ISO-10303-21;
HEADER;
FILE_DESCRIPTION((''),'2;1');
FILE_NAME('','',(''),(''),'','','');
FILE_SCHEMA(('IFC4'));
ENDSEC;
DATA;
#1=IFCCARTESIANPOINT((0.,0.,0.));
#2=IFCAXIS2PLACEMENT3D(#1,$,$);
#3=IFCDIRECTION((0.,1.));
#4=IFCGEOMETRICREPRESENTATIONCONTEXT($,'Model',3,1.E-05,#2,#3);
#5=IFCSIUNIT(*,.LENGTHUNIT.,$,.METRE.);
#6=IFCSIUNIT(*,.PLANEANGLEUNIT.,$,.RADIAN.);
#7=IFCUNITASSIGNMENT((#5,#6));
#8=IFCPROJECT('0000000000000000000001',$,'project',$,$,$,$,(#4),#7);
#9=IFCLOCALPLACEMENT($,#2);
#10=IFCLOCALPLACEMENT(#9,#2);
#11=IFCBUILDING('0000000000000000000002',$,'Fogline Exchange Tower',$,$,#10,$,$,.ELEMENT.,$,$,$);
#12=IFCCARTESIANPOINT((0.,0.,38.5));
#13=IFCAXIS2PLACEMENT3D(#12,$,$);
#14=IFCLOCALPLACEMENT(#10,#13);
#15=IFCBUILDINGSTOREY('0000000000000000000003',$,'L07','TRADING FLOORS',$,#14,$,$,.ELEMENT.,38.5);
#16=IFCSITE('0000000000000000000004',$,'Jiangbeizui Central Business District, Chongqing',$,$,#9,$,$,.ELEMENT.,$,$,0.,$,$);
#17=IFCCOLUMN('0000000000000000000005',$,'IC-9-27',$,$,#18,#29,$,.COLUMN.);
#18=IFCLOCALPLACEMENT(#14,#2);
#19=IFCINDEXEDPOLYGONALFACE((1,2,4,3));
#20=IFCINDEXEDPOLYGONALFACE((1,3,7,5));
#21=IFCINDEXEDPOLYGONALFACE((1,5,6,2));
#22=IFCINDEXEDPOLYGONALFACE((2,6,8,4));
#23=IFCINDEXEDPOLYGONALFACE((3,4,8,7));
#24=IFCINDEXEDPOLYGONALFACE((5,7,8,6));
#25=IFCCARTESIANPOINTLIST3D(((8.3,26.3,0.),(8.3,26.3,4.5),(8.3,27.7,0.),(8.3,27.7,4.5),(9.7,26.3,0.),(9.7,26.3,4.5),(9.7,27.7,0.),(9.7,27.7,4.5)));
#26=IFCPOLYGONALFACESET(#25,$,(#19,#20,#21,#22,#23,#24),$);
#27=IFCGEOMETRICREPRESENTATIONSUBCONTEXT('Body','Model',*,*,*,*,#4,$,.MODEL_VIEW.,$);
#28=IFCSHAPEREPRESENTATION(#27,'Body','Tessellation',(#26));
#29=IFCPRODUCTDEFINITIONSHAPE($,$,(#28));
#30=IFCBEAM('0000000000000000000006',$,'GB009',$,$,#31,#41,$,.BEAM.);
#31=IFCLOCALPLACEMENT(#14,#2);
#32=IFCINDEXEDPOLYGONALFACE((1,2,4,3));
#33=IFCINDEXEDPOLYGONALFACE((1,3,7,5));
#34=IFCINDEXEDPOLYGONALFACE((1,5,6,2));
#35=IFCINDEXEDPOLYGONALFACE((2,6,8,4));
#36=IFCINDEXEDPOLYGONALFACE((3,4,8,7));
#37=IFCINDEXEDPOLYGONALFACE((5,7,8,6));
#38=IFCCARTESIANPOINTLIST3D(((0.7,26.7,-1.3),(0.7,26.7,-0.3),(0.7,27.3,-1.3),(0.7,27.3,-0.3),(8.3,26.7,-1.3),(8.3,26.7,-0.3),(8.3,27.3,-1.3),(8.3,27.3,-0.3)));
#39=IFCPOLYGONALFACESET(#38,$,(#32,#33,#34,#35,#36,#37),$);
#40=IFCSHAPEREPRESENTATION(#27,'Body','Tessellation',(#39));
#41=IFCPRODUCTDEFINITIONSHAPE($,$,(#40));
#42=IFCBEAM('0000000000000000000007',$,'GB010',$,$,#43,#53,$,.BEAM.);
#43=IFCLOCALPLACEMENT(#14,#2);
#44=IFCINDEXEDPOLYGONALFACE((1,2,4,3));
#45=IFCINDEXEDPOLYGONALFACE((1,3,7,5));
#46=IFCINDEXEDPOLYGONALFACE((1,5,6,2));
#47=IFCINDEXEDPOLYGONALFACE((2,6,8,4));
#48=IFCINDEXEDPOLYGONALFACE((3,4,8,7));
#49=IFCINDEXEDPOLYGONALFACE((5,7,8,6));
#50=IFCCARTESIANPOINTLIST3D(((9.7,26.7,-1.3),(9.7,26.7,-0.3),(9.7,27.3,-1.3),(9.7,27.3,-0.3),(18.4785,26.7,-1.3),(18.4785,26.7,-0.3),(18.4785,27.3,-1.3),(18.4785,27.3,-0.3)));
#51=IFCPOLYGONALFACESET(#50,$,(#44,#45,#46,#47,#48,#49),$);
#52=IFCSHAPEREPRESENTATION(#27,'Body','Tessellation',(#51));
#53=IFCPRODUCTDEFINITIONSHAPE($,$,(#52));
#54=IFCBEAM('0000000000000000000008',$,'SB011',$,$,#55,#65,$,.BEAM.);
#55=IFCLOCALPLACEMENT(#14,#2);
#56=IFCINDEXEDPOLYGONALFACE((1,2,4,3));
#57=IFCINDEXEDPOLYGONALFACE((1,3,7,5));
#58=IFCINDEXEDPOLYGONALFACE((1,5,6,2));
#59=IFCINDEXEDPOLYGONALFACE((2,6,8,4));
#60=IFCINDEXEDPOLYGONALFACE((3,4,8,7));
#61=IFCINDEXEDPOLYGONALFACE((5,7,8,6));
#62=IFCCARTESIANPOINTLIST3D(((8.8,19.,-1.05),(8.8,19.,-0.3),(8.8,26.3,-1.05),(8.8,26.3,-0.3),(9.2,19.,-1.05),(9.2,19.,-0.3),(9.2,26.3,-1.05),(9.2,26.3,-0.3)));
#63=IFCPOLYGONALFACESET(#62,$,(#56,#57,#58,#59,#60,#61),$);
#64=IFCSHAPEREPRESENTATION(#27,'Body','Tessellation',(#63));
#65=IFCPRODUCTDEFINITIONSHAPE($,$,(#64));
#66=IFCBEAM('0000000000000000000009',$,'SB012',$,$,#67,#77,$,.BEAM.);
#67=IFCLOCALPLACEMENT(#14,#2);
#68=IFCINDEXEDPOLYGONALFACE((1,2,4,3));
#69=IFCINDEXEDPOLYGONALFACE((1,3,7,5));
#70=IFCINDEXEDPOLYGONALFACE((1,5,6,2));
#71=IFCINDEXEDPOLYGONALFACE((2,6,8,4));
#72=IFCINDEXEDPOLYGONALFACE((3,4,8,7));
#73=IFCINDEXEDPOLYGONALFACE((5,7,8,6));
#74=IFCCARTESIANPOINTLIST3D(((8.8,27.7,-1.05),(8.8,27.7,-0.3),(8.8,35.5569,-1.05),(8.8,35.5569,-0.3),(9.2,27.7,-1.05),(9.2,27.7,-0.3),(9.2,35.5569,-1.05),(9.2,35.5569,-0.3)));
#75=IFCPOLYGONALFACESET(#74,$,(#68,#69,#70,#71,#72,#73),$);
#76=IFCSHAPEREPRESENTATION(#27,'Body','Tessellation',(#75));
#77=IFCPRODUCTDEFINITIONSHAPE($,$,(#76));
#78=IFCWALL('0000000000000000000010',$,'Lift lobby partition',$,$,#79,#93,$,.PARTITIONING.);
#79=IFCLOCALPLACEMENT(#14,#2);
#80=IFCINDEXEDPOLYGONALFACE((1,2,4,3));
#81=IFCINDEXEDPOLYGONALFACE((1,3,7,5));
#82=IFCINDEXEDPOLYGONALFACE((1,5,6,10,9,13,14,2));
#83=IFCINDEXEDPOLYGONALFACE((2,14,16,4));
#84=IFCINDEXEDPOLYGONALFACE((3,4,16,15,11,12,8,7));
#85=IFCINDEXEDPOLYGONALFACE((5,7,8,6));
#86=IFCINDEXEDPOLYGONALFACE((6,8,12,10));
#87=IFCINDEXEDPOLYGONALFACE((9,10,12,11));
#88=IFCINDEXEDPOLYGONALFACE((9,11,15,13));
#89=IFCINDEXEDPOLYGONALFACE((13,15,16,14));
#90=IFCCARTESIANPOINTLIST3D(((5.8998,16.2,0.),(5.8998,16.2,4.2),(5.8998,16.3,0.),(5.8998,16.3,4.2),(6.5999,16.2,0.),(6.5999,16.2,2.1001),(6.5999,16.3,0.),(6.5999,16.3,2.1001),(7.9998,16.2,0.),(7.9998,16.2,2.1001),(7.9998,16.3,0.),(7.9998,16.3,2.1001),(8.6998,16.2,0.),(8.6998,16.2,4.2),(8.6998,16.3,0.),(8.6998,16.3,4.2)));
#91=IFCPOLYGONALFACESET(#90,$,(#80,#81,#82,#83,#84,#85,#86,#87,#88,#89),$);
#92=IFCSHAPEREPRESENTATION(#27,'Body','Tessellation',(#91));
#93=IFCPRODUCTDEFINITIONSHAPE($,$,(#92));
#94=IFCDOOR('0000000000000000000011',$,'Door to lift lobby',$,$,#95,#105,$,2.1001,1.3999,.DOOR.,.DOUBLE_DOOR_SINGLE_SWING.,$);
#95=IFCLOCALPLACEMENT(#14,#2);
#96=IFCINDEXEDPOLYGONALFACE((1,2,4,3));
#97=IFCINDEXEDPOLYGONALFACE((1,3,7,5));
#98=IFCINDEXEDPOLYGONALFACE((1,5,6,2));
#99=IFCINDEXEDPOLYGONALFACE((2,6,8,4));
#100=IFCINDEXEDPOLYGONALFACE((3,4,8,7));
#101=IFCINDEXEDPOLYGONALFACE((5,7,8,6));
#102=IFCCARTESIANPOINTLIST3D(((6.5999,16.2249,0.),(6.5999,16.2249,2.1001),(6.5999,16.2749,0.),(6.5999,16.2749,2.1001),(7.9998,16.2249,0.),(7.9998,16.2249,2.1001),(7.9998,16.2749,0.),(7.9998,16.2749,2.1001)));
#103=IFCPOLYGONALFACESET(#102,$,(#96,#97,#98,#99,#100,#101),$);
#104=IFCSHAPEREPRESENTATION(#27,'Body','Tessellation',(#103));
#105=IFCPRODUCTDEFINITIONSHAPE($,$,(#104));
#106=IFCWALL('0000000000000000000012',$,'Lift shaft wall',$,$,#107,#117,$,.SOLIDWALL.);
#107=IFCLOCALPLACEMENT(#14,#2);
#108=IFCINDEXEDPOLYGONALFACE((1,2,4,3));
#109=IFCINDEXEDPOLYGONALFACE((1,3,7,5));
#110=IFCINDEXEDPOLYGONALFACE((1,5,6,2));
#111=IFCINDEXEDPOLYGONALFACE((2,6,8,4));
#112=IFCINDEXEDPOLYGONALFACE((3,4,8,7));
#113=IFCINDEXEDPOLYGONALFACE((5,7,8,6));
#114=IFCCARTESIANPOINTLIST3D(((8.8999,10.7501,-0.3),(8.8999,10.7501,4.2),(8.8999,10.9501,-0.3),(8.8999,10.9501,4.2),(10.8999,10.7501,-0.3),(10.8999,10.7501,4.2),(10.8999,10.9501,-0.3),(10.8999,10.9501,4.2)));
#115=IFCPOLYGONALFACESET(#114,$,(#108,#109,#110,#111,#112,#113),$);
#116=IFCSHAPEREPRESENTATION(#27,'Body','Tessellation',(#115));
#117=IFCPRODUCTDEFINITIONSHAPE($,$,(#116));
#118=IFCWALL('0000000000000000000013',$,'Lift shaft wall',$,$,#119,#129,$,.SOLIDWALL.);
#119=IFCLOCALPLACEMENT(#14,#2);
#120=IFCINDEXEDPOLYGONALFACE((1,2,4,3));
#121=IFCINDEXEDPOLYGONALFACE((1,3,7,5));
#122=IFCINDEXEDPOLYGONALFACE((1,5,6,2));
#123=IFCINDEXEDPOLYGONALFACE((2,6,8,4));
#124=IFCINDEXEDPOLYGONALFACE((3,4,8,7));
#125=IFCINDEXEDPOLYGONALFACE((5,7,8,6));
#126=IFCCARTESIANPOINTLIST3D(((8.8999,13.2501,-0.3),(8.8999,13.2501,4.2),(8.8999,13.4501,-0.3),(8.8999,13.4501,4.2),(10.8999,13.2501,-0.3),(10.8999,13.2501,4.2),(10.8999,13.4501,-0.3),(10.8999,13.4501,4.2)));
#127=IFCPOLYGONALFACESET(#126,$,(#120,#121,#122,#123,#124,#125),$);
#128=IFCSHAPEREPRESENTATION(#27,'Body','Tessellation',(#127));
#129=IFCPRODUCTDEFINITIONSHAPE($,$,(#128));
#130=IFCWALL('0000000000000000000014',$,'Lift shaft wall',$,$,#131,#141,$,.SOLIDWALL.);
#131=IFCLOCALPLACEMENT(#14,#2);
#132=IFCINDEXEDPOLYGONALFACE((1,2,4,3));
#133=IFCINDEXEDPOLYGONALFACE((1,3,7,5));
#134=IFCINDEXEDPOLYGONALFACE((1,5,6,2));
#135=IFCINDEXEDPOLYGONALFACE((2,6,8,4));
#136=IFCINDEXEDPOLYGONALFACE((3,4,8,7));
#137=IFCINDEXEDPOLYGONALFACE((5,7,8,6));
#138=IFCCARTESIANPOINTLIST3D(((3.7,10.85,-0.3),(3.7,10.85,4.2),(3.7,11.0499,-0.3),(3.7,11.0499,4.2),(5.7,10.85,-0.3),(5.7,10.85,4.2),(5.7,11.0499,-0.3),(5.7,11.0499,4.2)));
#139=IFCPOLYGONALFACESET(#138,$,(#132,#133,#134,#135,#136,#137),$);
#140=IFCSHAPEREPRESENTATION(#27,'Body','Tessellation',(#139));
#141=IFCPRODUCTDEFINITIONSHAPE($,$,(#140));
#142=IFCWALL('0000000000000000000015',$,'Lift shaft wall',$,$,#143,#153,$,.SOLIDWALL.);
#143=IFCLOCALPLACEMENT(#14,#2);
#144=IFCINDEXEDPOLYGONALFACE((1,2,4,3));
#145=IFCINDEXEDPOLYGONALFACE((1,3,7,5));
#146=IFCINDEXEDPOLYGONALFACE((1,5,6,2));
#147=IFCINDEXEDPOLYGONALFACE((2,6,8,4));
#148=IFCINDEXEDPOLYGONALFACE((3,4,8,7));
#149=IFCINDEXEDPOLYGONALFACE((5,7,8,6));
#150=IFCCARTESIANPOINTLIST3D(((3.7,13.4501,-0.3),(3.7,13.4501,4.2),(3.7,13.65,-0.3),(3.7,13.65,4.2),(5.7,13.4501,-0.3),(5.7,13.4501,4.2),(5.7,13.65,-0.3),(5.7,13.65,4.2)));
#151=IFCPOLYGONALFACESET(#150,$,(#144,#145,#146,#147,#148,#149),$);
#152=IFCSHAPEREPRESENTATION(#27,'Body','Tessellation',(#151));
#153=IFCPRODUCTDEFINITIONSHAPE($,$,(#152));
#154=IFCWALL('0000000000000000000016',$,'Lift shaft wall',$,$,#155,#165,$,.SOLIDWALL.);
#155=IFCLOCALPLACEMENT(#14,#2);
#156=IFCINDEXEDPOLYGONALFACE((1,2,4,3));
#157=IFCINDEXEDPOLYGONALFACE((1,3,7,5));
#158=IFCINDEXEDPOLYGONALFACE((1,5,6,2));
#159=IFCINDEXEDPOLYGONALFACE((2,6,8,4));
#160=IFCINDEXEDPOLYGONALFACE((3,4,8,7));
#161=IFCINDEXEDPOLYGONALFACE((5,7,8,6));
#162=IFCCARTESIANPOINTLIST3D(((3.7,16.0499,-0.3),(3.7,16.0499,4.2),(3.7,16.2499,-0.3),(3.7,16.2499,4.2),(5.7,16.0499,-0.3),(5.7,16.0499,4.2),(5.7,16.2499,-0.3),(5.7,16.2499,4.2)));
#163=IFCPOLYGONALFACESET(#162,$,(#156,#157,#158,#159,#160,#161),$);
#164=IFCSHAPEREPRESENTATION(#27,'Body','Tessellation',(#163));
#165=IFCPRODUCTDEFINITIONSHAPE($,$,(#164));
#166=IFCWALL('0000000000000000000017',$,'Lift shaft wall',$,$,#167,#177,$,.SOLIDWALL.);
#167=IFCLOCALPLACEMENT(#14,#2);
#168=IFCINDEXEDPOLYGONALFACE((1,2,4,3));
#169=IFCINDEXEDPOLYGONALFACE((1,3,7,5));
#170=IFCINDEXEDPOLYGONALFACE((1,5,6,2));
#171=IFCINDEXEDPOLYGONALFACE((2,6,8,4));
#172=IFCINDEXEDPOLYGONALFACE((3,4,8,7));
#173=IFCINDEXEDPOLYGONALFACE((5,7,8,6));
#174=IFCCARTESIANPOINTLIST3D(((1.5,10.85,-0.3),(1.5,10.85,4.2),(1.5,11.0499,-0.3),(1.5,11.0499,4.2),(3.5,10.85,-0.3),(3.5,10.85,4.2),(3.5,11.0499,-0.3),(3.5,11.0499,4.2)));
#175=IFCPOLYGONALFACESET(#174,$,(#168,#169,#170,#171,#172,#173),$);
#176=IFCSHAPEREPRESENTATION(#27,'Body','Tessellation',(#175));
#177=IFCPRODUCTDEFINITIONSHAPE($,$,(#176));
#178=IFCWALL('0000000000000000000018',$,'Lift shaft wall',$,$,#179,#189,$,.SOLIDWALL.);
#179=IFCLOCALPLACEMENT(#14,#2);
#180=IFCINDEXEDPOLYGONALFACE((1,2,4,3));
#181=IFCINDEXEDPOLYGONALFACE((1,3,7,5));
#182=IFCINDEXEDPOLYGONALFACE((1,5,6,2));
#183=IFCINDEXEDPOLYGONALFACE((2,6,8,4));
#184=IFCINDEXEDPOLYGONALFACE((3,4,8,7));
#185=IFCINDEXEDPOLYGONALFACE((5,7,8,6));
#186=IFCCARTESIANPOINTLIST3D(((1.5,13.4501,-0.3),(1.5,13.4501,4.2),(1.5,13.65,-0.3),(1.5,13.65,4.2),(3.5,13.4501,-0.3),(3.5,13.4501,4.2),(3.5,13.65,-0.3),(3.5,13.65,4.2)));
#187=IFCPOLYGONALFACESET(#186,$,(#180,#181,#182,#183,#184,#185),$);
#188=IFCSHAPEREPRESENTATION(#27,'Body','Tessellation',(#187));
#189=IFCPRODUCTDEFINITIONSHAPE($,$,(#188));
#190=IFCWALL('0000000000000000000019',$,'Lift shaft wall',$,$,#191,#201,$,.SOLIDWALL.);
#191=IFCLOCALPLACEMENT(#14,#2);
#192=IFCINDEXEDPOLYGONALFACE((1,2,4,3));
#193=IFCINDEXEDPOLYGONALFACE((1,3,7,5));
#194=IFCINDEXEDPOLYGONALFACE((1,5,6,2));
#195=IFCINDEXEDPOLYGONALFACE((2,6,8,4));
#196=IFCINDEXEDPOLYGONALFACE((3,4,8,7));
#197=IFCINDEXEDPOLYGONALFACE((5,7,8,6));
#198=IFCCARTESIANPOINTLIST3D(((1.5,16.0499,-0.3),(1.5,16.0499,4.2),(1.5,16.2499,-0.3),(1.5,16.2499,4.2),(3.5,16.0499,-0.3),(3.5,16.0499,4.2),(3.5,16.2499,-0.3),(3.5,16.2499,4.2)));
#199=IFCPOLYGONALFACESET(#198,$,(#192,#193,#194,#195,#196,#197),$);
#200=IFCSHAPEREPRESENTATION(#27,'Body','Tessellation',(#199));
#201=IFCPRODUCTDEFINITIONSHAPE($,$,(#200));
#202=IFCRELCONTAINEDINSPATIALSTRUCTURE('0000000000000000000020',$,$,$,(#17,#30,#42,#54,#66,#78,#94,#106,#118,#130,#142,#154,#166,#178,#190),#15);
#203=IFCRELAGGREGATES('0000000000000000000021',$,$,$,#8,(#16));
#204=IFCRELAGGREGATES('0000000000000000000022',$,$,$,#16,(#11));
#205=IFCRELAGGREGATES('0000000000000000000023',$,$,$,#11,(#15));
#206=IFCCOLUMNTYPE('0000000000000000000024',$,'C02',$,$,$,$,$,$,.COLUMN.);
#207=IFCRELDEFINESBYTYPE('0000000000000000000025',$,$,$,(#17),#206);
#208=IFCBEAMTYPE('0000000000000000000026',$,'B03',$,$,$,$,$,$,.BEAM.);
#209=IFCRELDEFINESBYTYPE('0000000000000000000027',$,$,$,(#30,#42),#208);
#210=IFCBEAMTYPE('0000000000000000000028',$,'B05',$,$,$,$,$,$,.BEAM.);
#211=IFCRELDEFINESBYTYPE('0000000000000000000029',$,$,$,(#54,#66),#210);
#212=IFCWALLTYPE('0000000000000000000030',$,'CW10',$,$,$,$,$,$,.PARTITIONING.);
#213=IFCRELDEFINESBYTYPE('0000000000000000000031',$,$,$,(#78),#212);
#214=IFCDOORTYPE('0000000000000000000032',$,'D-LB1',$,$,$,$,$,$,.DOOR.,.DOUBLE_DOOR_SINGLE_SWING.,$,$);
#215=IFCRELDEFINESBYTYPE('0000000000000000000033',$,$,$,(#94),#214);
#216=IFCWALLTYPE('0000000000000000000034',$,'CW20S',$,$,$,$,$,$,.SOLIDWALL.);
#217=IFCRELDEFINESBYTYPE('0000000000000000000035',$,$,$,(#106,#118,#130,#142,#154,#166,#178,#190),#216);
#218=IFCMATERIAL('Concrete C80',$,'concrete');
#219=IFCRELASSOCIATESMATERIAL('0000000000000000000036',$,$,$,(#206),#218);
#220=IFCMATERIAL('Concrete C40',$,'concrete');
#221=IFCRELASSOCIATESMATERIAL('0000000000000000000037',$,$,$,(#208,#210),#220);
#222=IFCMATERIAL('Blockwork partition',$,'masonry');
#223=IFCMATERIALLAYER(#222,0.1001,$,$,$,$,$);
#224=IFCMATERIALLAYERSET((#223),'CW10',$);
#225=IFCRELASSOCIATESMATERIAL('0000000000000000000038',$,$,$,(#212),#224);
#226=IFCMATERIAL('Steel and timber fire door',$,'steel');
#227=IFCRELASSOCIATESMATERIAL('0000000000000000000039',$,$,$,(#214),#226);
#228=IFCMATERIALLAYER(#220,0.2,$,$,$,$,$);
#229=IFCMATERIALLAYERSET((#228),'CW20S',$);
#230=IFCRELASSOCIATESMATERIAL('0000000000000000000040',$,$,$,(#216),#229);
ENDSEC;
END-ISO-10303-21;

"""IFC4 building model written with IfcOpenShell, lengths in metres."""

from ifc_helpers import new_model, si_unit, direction, frame, frame_2d, origin, origin_2d, place, context, subcontext, project, spatial, rectangle, extrude, material, layer, layer_set, material_profile, profile_set, type_object, element, fill, save


model = new_model("IFC4")

# Units and contexts
model_context = context("Model", 3, precision=1e-05, world=origin(), true_north=direction((0.0, 1.0)))
body_context = subcontext(model_context, "Body", "Model", "MODEL_VIEW")
ifc_project = project(units=[si_unit("LENGTHUNIT", "METRE"), si_unit("PLANEANGLEUNIT", "RADIAN")], contexts=[model_context])

# Site, building, storey
site_placement = place(None, origin())
site = spatial("IfcSite", under=ifc_project, at=site_placement, Name="Jiangbeizui Central Business District, Chongqing", CompositionType="ELEMENT", RefElevation=0.0)
building_placement = place(site_placement, origin())
building = spatial("IfcBuilding", under=site, at=building_placement, Name="Fogline Exchange Tower", CompositionType="ELEMENT")
storey_placement = place(building_placement, frame((0.0, 0.0, 38.5)))
storey = spatial("IfcBuildingStorey", under=building, at=storey_placement, Name="L07", Description="TRADING FLOORS", CompositionType="ELEMENT", Elevation=38.5)

# Column
ifc_material_1 = material(Name="Concrete C80", Category="concrete")
ifc_material_profile_1 = material_profile(ifc_material_1, rectangle(XDim=1.3999, YDim=1.3999, at=origin_2d()), Name="RC 1400x1400")
ifc_profile_set_1 = profile_set([ifc_material_profile_1], Name="Concrete C80")
column_type = type_object("IfcColumnType", Name="C02", PredefinedType="COLUMN", material=ifc_profile_set_1)
column_placement = place(storey_placement, frame((9.0, 27.0, 0.0), z_axis=(0.0, 0.0, 1.0), x_axis=(1.0, 0.0, 0.0)))
element("IfcColumn", 1, at=column_placement, inside=storey, type_object=column_type, Name="IC-9-27", PredefinedType="COLUMN", context=body_context, shape_type="SweptSolid", body=[
    extrude(rectangle(XDim=1.3999, YDim=1.3999, at=origin_2d()), origin(), (0.0, 0.0, 1.0), 4.5),
])

# Beams
ifc_material_2 = material(Name="Concrete C40", Category="concrete")
ifc_material_profile_2 = material_profile(ifc_material_2, rectangle(XDim=0.6001, YDim=1.0, at=origin_2d()), Name="RC 600x1000")
ifc_profile_set_2 = profile_set([ifc_material_profile_2], Name="Concrete C40")
beam_type_1 = type_object("IfcBeamType", Name="B03", PredefinedType="BEAM", material=ifc_profile_set_2)
beam_1_placement = place(storey_placement, frame((0.7, 27.0, -0.8), z_axis=(1.0, 0.0, 0.0), x_axis=(0.0, 1.0, 0.0)))
element("IfcBeam", 2, at=beam_1_placement, inside=storey, type_object=beam_type_1, Name="GB009", PredefinedType="BEAM", context=body_context, shape_type="SweptSolid", body=[
    extrude(rectangle(XDim=0.6001, YDim=1.0, at=origin_2d()), origin(), (0.0, 0.0, 1.0), 7.6001),
])
beam_2_placement = place(storey_placement, frame((9.7, 27.0, -0.8), z_axis=(1.0, 0.0, 0.0), x_axis=(0.0, 1.0, 0.0)))
element("IfcBeam", 3, at=beam_2_placement, inside=storey, type_object=beam_type_1, Name="GB010", PredefinedType="BEAM", context=body_context, shape_type="SweptSolid", body=[
    extrude(rectangle(XDim=0.6001, YDim=1.0, at=origin_2d()), origin(), (0.0, 0.0, 1.0), 8.7786),
])
ifc_material_profile_3 = material_profile(ifc_material_2, rectangle(XDim=0.3999, YDim=0.75, at=origin_2d()), Name="RC 400x750")
ifc_profile_set_3 = profile_set([ifc_material_profile_3], Name="Concrete C40")
beam_type_2 = type_object("IfcBeamType", Name="B05", PredefinedType="BEAM", material=ifc_profile_set_3)
beam_3_placement = place(storey_placement, frame((9.0, 19.0, -0.675), z_axis=(0.0, 1.0, 0.0), x_axis=(-1.0, 0.0, 0.0)))
element("IfcBeam", 4, at=beam_3_placement, inside=storey, type_object=beam_type_2, Name="SB011", PredefinedType="BEAM", context=body_context, shape_type="SweptSolid", body=[
    extrude(rectangle(XDim=0.3999, YDim=0.75, at=origin_2d()), origin(), (0.0, 0.0, 1.0), 7.3),
])
beam_4_placement = place(storey_placement, frame((9.0, 27.7, -0.675), z_axis=(0.0, 1.0, 0.0), x_axis=(-1.0, 0.0, 0.0)))
element("IfcBeam", 5, at=beam_4_placement, inside=storey, type_object=beam_type_2, Name="SB012", PredefinedType="BEAM", context=body_context, shape_type="SweptSolid", body=[
    extrude(rectangle(XDim=0.3999, YDim=0.75, at=origin_2d()), origin(), (0.0, 0.0, 1.0), 7.8569),
])

# Wall, opening, door
ifc_material_3 = material(Name="Blockwork partition", Category="masonry")
ifc_layer_1 = layer(ifc_material_3, 0.1001)
ifc_layer_set_1 = layer_set([ifc_layer_1], Name="CW10")
wall_type_1 = type_object("IfcWallType", Name="CW10", PredefinedType="PARTITIONING", material=ifc_layer_set_1)
wall_1_placement = place(storey_placement, frame((5.8999, 16.25, 0.0), z_axis=(0.0, 0.0, 1.0), x_axis=(1.0, 0.0, 0.0)))
wall_1 = element("IfcWall", 6, at=wall_1_placement, inside=storey, type_object=wall_type_1, Name="Lift lobby partition", PredefinedType="PARTITIONING", context=body_context, shape_type="SweptSolid", body=[
    extrude(rectangle(XDim=2.8, YDim=0.1001, at=frame_2d((1.3999, 0.0))), origin(), (0.0, 0.0, 1.0), 4.2),
])
opening_1_placement = place(wall_1_placement, frame((0.7, 0.0, 0.0)))
opening_1 = element("IfcOpeningElement", 7, at=opening_1_placement, cuts=wall_1, PredefinedType="OPENING", context=body_context, shape_type="SweptSolid", body=[
    extrude(rectangle(XDim=1.3999, YDim=2.1001, at=frame_2d((0.7, 1.05))), frame((0.0, 0.0601, 0.0), z_axis=(0.0, -1.0, 0.0), x_axis=(1.0, 0.0, 0.0)), (0.0, 0.0, 1.0), 0.1201),
])
ifc_material_4 = material(Name="Steel and timber fire door", Category="steel")
door_type_1 = type_object("IfcDoorType", Name="D-LB1", OperationType="DOUBLE_DOOR_SINGLE_SWING", PredefinedType="DOOR", material=ifc_material_4)
door_1_placement = place(opening_1_placement, origin())
door_1 = element("IfcDoor", 8, at=door_1_placement, inside=storey, type_object=door_type_1, Name="Door to lift lobby", OperationType="DOUBLE_DOOR_SINGLE_SWING", OverallHeight=2.1001, OverallWidth=1.3999, PredefinedType="DOOR", context=body_context, shape_type="SweptSolid", body=[
    extrude(rectangle(XDim=1.3999, YDim=2.1001, at=frame_2d((0.7, 1.05))), frame((0.0, 0.0249, 0.0), z_axis=(0.0, -1.0, 0.0), x_axis=(1.0, 0.0, 0.0)), (0.0, 0.0, 1.0), 0.05),
])
fill(opening_1, door_1)

# Walls
ifc_layer_2 = layer(ifc_material_2, 0.2)
ifc_layer_set_2 = layer_set([ifc_layer_2], Name="CW20S")
wall_type_2 = type_object("IfcWallType", Name="CW20S", PredefinedType="SOLIDWALL", material=ifc_layer_set_2)
for number, where, z_axis, x_axis, name in (
    (9, (8.8999, 10.8501, -0.3), (0.0, 0.0, 1.0), (1.0, 0.0, 0.0), "Lift shaft wall"),
    (10, (8.8999, 13.3501, -0.3), (0.0, 0.0, 1.0), (1.0, 0.0, 0.0), "Lift shaft wall"),
    (11, (3.7, 10.95, -0.3), (0.0, 0.0, 1.0), (1.0, 0.0, 0.0), "Lift shaft wall"),
    (12, (3.7, 13.55, -0.3), (0.0, 0.0, 1.0), (1.0, 0.0, 0.0), "Lift shaft wall"),
    (13, (3.7, 16.1499, -0.3), (0.0, 0.0, 1.0), (1.0, 0.0, 0.0), "Lift shaft wall"),
    (14, (1.5, 10.95, -0.3), (0.0, 0.0, 1.0), (1.0, 0.0, 0.0), "Lift shaft wall"),
    (15, (1.5, 13.55, -0.3), (0.0, 0.0, 1.0), (1.0, 0.0, 0.0), "Lift shaft wall"),
    (16, (1.5, 16.1499, -0.3), (0.0, 0.0, 1.0), (1.0, 0.0, 0.0), "Lift shaft wall"),
):
    element("IfcWall", number, at=place(storey_placement, frame(where, z_axis=z_axis, x_axis=x_axis)), inside=storey, type_object=wall_type_2, Name=name, PredefinedType="SOLIDWALL", context=body_context, shape_type="SweptSolid", body=[
        extrude(rectangle(XDim=2.0, YDim=0.2, at=frame_2d((1.0, 0.0))), origin(), (0.0, 0.0, 1.0), 4.5),
    ])

save(model, "model.ifc")
